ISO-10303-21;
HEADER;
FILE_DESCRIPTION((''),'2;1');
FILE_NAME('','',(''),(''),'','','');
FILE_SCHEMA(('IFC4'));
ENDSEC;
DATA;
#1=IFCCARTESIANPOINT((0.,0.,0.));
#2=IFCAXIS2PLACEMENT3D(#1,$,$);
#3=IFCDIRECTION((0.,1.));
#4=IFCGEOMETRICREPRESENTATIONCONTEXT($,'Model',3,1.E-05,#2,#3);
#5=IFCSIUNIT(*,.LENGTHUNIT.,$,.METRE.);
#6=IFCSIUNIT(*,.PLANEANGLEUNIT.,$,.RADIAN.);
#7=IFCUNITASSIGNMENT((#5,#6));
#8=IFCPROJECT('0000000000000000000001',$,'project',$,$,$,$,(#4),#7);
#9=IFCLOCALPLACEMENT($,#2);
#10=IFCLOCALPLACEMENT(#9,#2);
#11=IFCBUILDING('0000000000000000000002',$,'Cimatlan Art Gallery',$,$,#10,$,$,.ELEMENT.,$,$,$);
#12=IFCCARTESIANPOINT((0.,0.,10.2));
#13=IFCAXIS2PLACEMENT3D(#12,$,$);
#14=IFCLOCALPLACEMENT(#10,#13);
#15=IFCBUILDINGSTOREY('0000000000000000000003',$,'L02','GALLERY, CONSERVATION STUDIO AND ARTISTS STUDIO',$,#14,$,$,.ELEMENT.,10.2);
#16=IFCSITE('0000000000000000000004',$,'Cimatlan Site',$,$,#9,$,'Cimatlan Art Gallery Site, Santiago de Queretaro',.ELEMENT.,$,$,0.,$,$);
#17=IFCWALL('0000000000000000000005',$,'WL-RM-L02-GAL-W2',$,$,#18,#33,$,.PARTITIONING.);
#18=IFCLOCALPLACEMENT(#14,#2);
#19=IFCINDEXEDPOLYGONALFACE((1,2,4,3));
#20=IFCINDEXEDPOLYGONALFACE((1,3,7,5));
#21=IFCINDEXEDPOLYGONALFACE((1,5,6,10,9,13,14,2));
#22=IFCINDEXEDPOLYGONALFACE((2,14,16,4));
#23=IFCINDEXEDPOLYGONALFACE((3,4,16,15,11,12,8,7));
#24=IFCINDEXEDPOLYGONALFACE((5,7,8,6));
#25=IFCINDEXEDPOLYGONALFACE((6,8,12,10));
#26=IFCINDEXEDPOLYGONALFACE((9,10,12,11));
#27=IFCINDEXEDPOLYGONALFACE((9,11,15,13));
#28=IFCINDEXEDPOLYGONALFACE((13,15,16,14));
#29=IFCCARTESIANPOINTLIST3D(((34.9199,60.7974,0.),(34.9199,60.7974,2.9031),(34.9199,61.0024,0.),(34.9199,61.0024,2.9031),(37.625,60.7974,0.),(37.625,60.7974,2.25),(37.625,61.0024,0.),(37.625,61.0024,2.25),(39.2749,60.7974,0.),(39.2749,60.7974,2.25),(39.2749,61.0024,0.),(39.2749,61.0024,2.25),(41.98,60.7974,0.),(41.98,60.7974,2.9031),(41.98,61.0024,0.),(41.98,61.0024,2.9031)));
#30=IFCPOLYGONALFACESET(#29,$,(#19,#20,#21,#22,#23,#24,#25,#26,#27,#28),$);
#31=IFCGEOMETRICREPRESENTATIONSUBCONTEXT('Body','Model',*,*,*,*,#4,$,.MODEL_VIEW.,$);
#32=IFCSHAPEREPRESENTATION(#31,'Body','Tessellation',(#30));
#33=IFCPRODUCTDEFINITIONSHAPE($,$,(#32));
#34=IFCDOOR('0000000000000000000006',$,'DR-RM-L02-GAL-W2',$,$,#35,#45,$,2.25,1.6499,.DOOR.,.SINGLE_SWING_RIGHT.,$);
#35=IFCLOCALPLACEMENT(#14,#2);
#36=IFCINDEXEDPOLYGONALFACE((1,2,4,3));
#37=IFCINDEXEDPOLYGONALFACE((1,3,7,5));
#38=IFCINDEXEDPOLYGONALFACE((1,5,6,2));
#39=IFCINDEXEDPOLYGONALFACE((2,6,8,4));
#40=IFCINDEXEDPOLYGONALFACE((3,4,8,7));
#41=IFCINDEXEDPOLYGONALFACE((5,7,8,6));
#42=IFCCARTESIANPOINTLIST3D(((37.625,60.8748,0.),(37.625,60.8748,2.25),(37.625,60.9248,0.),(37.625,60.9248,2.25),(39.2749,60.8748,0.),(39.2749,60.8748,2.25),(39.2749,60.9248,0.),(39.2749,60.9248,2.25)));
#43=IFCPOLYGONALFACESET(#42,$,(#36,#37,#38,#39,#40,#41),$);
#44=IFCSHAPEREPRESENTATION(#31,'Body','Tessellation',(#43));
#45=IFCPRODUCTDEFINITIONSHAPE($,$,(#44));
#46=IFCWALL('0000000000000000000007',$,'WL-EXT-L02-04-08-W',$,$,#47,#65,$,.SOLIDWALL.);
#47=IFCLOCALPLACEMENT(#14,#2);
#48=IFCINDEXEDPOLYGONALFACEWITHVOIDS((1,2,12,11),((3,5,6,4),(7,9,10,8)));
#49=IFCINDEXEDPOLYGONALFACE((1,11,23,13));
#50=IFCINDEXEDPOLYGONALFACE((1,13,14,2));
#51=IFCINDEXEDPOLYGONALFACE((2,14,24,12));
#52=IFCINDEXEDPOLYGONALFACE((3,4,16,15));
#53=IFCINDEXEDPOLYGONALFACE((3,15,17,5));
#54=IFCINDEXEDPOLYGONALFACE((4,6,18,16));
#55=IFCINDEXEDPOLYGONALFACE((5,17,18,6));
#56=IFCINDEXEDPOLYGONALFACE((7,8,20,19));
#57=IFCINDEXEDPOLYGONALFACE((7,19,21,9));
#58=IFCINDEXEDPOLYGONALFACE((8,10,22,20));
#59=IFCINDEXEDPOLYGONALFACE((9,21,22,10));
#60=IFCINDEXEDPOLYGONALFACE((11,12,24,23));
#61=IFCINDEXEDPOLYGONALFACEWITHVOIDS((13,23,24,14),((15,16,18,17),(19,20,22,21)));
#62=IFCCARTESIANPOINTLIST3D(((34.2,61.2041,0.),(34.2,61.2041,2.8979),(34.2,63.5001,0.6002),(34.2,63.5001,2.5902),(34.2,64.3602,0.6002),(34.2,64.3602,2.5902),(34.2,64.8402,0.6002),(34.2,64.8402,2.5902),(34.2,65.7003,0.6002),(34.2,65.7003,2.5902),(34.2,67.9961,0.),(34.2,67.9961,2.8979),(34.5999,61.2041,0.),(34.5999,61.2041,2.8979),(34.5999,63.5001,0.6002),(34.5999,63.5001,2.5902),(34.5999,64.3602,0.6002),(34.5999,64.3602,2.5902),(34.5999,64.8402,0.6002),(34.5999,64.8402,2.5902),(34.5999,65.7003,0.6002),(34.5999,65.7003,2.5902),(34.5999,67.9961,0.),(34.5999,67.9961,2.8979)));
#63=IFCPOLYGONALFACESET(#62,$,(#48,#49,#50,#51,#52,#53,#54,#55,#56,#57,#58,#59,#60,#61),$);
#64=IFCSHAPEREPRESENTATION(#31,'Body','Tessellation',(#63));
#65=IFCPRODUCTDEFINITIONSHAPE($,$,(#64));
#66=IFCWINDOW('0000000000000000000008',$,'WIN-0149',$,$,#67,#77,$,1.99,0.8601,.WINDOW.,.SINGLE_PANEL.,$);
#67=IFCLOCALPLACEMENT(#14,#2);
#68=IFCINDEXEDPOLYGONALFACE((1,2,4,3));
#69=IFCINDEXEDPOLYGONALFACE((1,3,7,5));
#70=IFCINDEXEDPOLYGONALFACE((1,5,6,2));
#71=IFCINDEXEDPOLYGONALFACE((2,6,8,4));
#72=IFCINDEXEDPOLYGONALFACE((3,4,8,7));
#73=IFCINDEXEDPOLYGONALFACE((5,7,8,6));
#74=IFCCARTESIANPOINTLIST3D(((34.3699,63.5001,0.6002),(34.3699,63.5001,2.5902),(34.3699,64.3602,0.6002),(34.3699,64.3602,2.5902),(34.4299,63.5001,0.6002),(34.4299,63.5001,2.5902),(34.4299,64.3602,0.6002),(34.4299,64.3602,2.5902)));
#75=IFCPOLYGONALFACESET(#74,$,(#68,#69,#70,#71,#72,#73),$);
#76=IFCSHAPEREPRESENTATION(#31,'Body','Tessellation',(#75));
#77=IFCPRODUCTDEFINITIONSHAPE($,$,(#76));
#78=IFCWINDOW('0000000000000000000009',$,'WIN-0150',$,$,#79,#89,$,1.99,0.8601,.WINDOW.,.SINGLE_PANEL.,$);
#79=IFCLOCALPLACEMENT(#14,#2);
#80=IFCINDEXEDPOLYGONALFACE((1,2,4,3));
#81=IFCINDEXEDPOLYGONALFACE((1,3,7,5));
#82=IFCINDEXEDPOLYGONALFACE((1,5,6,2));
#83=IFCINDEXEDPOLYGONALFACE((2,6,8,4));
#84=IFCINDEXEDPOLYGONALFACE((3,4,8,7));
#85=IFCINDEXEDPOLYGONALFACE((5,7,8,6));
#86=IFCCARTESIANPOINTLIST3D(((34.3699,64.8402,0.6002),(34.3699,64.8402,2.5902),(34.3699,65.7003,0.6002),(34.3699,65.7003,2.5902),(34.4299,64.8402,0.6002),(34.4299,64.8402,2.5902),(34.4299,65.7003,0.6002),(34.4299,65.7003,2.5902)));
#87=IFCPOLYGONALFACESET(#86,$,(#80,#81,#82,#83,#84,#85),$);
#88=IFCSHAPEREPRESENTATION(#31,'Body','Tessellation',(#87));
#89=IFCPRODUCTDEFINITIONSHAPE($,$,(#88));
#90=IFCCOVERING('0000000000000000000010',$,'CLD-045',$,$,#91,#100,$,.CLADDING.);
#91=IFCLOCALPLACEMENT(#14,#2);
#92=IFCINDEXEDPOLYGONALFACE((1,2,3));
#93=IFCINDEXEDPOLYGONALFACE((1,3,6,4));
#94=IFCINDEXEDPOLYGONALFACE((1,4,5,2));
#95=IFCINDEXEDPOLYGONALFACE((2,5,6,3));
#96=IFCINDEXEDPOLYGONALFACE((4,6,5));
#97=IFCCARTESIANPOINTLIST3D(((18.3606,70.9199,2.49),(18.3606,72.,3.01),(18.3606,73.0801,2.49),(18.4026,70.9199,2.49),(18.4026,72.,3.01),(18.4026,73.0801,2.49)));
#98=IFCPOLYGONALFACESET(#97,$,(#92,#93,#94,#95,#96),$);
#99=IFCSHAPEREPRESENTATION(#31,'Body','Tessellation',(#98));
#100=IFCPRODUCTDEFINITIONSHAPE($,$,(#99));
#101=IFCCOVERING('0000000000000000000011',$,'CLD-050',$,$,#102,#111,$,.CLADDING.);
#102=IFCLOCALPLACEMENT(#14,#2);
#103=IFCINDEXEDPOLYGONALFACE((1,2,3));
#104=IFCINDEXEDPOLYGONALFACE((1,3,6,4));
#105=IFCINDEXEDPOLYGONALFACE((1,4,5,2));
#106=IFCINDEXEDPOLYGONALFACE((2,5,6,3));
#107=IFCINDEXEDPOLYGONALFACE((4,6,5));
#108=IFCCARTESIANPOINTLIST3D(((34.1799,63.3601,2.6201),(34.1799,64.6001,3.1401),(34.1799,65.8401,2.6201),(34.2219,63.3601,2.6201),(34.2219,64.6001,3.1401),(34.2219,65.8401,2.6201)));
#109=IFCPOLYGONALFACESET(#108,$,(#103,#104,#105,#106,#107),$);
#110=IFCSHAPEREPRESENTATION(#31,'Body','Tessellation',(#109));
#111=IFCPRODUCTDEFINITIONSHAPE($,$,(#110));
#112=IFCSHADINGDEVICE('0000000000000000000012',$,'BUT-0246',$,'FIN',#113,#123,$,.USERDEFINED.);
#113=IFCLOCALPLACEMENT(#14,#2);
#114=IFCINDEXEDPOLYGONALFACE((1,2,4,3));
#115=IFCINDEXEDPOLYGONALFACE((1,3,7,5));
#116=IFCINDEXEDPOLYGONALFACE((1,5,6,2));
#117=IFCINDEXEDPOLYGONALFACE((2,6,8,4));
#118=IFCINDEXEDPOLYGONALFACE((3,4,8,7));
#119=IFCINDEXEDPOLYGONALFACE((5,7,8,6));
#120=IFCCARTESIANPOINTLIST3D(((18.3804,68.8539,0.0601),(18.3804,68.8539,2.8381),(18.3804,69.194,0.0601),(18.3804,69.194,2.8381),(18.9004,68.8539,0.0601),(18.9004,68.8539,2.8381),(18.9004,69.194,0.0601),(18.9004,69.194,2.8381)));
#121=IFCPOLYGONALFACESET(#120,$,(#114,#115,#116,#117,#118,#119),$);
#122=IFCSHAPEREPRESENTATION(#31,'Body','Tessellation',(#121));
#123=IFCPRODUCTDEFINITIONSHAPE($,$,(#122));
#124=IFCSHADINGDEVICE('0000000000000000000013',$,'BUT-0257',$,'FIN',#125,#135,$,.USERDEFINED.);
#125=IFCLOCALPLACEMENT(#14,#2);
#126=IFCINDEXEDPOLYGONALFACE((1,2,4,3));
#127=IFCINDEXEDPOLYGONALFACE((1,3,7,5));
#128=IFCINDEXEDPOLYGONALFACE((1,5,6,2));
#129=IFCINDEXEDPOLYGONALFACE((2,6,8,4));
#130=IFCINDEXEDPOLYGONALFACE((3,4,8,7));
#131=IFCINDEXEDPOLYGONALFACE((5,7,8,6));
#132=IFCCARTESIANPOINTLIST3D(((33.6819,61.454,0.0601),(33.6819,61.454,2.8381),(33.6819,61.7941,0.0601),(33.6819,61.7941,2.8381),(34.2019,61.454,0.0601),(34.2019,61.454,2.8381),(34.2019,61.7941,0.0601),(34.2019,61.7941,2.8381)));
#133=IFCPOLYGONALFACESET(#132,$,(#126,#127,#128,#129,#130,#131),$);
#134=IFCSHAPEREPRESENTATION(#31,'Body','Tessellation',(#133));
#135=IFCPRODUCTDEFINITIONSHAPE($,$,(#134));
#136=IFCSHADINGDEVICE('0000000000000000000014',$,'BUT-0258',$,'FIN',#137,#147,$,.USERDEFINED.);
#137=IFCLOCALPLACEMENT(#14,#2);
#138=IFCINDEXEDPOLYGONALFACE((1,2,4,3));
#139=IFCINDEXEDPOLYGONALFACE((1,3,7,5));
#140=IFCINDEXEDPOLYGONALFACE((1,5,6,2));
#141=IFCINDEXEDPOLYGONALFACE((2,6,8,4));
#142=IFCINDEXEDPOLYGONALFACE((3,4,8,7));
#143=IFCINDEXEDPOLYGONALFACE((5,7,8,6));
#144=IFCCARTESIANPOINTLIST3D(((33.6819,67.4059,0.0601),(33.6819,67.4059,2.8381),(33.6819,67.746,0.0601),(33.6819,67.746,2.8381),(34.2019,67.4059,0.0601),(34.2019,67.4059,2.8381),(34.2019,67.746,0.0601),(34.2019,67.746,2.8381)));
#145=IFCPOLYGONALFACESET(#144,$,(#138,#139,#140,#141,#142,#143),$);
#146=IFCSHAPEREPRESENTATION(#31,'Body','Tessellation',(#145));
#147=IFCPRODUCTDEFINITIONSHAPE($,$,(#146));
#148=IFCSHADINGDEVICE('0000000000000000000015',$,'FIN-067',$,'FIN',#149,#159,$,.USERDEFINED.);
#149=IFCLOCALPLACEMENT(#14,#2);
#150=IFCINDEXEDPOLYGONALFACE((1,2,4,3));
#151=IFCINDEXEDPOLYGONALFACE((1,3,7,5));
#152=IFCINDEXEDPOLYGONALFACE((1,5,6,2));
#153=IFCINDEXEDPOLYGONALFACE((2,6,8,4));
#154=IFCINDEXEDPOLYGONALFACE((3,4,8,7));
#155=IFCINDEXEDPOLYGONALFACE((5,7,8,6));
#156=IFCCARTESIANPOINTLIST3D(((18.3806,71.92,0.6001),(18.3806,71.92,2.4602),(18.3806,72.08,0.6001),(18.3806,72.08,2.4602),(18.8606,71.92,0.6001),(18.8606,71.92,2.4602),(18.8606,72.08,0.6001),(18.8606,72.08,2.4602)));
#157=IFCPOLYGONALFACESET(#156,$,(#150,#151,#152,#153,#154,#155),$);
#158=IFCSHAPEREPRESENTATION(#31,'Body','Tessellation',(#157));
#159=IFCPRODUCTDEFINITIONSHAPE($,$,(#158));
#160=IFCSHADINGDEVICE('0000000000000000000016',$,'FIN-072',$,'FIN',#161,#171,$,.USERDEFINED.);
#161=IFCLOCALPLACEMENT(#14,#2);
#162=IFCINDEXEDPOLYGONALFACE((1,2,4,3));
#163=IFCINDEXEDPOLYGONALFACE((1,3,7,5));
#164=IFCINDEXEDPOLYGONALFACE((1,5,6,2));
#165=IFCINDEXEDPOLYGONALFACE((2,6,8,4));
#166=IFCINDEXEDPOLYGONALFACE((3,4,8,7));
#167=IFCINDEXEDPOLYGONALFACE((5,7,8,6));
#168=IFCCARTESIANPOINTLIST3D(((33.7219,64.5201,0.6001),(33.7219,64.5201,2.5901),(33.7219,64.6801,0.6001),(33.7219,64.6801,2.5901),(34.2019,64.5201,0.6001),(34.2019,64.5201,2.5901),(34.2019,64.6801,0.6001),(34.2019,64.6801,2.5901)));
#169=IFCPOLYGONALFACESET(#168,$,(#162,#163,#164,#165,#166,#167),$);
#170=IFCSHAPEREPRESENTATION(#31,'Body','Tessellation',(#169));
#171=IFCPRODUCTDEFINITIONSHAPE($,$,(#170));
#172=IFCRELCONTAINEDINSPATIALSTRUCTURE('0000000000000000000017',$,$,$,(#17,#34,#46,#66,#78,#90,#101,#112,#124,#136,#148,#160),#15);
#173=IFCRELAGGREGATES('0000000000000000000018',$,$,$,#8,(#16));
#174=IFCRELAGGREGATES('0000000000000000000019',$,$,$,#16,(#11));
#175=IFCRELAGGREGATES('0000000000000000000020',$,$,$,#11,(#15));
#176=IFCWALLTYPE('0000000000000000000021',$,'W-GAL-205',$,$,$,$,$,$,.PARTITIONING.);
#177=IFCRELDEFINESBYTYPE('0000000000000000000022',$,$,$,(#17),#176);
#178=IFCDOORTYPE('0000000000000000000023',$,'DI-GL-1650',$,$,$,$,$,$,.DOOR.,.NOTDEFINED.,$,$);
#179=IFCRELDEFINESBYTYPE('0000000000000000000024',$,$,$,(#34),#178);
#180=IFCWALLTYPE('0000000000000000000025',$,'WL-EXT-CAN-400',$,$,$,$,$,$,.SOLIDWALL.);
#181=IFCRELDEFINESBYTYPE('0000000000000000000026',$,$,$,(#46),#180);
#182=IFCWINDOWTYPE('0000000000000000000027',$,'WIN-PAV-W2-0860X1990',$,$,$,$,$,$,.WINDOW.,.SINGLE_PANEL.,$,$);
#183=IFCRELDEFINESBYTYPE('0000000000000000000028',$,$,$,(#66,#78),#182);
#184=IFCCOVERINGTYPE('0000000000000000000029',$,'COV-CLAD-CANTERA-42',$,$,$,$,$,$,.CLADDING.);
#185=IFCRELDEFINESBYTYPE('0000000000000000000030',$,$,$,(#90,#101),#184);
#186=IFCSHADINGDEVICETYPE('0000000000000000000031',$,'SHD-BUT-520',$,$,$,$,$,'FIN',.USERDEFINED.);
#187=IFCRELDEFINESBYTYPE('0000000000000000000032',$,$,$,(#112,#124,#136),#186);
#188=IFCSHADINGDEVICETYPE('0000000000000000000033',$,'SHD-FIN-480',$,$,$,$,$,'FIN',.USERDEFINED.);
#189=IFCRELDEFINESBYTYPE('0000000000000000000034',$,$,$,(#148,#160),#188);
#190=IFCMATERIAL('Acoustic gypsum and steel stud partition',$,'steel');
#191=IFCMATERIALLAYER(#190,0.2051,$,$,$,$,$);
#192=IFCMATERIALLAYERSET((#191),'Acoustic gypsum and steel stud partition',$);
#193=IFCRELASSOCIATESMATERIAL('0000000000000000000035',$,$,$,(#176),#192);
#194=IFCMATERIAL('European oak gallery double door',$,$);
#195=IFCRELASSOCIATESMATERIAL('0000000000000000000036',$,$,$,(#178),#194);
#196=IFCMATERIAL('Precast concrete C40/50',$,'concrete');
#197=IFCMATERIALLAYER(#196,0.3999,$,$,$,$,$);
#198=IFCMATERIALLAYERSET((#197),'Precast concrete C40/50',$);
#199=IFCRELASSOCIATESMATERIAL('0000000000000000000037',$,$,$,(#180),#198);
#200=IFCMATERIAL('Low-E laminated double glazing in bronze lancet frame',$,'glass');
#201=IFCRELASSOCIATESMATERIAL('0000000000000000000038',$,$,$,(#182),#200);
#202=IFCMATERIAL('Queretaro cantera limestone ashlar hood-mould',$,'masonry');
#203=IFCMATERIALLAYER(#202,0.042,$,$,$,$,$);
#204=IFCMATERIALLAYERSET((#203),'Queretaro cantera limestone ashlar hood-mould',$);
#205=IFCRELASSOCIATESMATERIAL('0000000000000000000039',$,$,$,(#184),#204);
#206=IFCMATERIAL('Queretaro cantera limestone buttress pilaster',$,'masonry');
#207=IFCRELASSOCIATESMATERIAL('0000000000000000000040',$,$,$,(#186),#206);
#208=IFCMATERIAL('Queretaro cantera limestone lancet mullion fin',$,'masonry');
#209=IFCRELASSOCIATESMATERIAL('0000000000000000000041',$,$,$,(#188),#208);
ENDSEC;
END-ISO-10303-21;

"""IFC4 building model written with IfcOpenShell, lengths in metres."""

from ifc_helpers import new_model, si_unit, direction, frame, frame_2d, origin, origin_2d, place, context, subcontext, project, spatial, polyline, rectangle, outline, extrude, material, layer, layer_set, type_object, element, fill, save


model = new_model("IFC4")

# Units and contexts
model_context = context("Model", 3, precision=1e-05, world=origin(), true_north=direction((0.0, 1.0)))
body_context = subcontext(model_context, "Body", "Model", "MODEL_VIEW")
ifc_project = project(units=[si_unit("LENGTHUNIT", "METRE"), si_unit("PLANEANGLEUNIT", "RADIAN")], contexts=[model_context])

# Site, building, storey
site_placement = place(None, origin())
site = spatial("IfcSite", under=ifc_project, at=site_placement, Name="Cimatlan Site", LongName="Cimatlan Art Gallery Site, Santiago de Queretaro", CompositionType="ELEMENT", RefElevation=0.0)
building_placement = place(site_placement, origin())
building = spatial("IfcBuilding", under=site, at=building_placement, Name="Cimatlan Art Gallery", CompositionType="ELEMENT")
storey_placement = place(building_placement, frame((0.0, 0.0, 10.2)))
storey = spatial("IfcBuildingStorey", under=building, at=storey_placement, Name="L02", Description="GALLERY, CONSERVATION STUDIO AND ARTISTS STUDIO", CompositionType="ELEMENT", Elevation=10.2)

# Wall, opening, door
ifc_material_1 = material(Name="Acoustic gypsum and steel stud partition", Category="steel")
ifc_layer_1 = layer(ifc_material_1, 0.2051)
ifc_layer_set_1 = layer_set([ifc_layer_1], Name="Acoustic gypsum and steel stud partition")
wall_type_1 = type_object("IfcWallType", Name="W-GAL-205", PredefinedType="PARTITIONING", material=ifc_layer_set_1)
wall_1_placement = place(storey_placement, frame((34.9199, 60.8999, 0.0), z_axis=(0.0, 0.0, 1.0), x_axis=(1.0, 0.0, 0.0)))
wall_1 = element("IfcWall", 1, at=wall_1_placement, inside=storey, type_object=wall_type_1, Name="WL-RM-L02-GAL-W2", PredefinedType="PARTITIONING", context=body_context, shape_type="SweptSolid", body=[
    extrude(rectangle(XDim=7.0601, YDim=0.2051, at=frame_2d((3.53, 0.0))), origin(), (0.0, 0.0, 1.0), 2.9031),
])
opening_1_placement = place(wall_1_placement, frame((2.7051, 0.0, 0.0)))
opening_1 = element("IfcOpeningElement", 2, at=opening_1_placement, cuts=wall_1, PredefinedType="OPENING", context=body_context, shape_type="SweptSolid", body=[
    extrude(rectangle(XDim=1.6499, YDim=2.25, at=frame_2d((0.825, 1.125))), frame((0.0, 0.1125, 0.0), z_axis=(0.0, -1.0, 0.0), x_axis=(1.0, 0.0, 0.0)), (0.0, 0.0, 1.0), 0.2251),
])
ifc_material_2 = material(Name="European oak gallery double door")
door_type = type_object("IfcDoorType", Name="DI-GL-1650", OperationType="NOTDEFINED", PredefinedType="DOOR", material=ifc_material_2)
door_placement = place(opening_1_placement, origin())
door = element("IfcDoor", 3, at=door_placement, inside=storey, type_object=door_type, Name="DR-RM-L02-GAL-W2", OperationType="SINGLE_SWING_RIGHT", OverallHeight=2.25, OverallWidth=1.6499, PredefinedType="DOOR", context=body_context, shape_type="SweptSolid", body=[
    extrude(rectangle(XDim=1.6499, YDim=2.25, at=frame_2d((0.825, 1.125))), frame((0.0, 0.0249, 0.0), z_axis=(0.0, -1.0, 0.0), x_axis=(1.0, 0.0, 0.0)), (0.0, 0.0, 1.0), 0.05),
])
fill(opening_1, door)

# Wall, openings, windows
ifc_material_3 = material(Name="Precast concrete C40/50", Category="concrete")
ifc_layer_2 = layer(ifc_material_3, 0.3999)
ifc_layer_set_2 = layer_set([ifc_layer_2], Name="Precast concrete C40/50")
wall_type_2 = type_object("IfcWallType", Name="WL-EXT-CAN-400", PredefinedType="SOLIDWALL", material=ifc_layer_set_2)
wall_2_placement = place(storey_placement, frame((34.3999, 61.2041, 0.0), z_axis=(0.0, 0.0, 1.0), x_axis=(0.0, 1.0, 0.0)))
wall_2 = element("IfcWall", 4, at=wall_2_placement, inside=storey, type_object=wall_type_2, Name="WL-EXT-L02-04-08-W", PredefinedType="SOLIDWALL", context=body_context, shape_type="SweptSolid", body=[
    extrude(rectangle(XDim=6.792, YDim=0.3999, at=frame_2d((3.396, 0.0))), origin(), (0.0, 0.0, 1.0), 2.8979),
])
opening_2_placement = place(wall_2_placement, frame((2.2959, 0.0, 0.6001)))
opening_2 = element("IfcOpeningElement", 5, at=opening_2_placement, cuts=wall_2, PredefinedType="OPENING", context=body_context, shape_type="SweptSolid", body=[
    extrude(rectangle(XDim=0.8601, YDim=1.99, at=frame_2d((0.4302, 0.9951))), frame((0.0, 0.21, 0.0), z_axis=(0.0, -1.0, 0.0), x_axis=(1.0, 0.0, 0.0)), (0.0, 0.0, 1.0), 0.4199),
])
opening_3_placement = place(wall_2_placement, frame((3.636, 0.0, 0.6001)))
opening_3 = element("IfcOpeningElement", 6, at=opening_3_placement, cuts=wall_2, PredefinedType="OPENING", context=body_context, shape_type="SweptSolid", body=[
    extrude(rectangle(XDim=0.8601, YDim=1.99, at=frame_2d((0.4302, 0.9951))), frame((0.0, 0.21, 0.0), z_axis=(0.0, -1.0, 0.0), x_axis=(1.0, 0.0, 0.0)), (0.0, 0.0, 1.0), 0.4199),
])
ifc_material_4 = material(Name="Low-E laminated double glazing in bronze lancet frame", Category="glass")
window_type = type_object("IfcWindowType", Name="WIN-PAV-W2-0860X1990", PartitioningType="SINGLE_PANEL", PredefinedType="WINDOW", material=ifc_material_4)
window_1_placement = place(opening_2_placement, origin())
window_1 = element("IfcWindow", 7, at=window_1_placement, inside=storey, type_object=window_type, Name="WIN-0149", OverallHeight=1.99, OverallWidth=0.8601, PartitioningType="SINGLE_PANEL", PredefinedType="WINDOW", context=body_context, shape_type="SweptSolid", body=[
    extrude(rectangle(XDim=0.8601, YDim=1.99, at=frame_2d((0.4302, 0.9951))), frame((0.0, 0.03, 0.0), z_axis=(0.0, -1.0, 0.0), x_axis=(1.0, 0.0, 0.0)), (0.0, 0.0, 1.0), 0.0601),
])
fill(opening_2, window_1)
window_2_placement = place(opening_3_placement, origin())
window_2 = element("IfcWindow", 8, at=window_2_placement, inside=storey, type_object=window_type, Name="WIN-0150", OverallHeight=1.99, OverallWidth=0.8601, PartitioningType="SINGLE_PANEL", PredefinedType="WINDOW", context=body_context, shape_type="SweptSolid", body=[
    extrude(rectangle(XDim=0.8601, YDim=1.99, at=frame_2d((0.4302, 0.9951))), frame((0.0, 0.03, 0.0), z_axis=(0.0, -1.0, 0.0), x_axis=(1.0, 0.0, 0.0)), (0.0, 0.0, 1.0), 0.0601),
])
fill(opening_3, window_2)

# Coverings
ifc_material_5 = material(Name="Queretaro cantera limestone ashlar hood-mould", Category="masonry")
ifc_layer_3 = layer(ifc_material_5, 0.042)
ifc_layer_set_3 = layer_set([ifc_layer_3], Name="Queretaro cantera limestone ashlar hood-mould")
covering_type = type_object("IfcCoveringType", Name="COV-CLAD-CANTERA-42", PredefinedType="CLADDING", material=ifc_layer_set_3)
covering_1_placement = place(storey_placement, frame((18.3606, 73.0801, 2.49), z_axis=(-1.0, 0.0, 0.0), x_axis=(0.0, -1.0, 0.0)))
element("IfcCovering", 9, at=covering_1_placement, inside=storey, type_object=covering_type, Name="CLD-045", PredefinedType="CLADDING", context=body_context, shape_type="SweptSolid", body=[
    extrude(outline(polyline([(0.0, 0.0), (2.1602, 0.0), (1.0801, 0.52), (0.0, 0.0)])), origin(), (0.0, 0.0, -1.0), 0.042),
])
covering_2_placement = place(storey_placement, frame((34.2219, 63.3601, 2.6201), z_axis=(1.0, 0.0, 0.0), x_axis=(0.0, 1.0, 0.0)))
element("IfcCovering", 10, at=covering_2_placement, inside=storey, type_object=covering_type, Name="CLD-050", PredefinedType="CLADDING", context=body_context, shape_type="SweptSolid", body=[
    extrude(outline(polyline([(0.0, 0.0), (2.48, 0.0), (1.24, 0.52), (0.0, 0.0)])), origin(), (0.0, 0.0, -1.0), 0.042),
])

# Shading devices
ifc_material_6 = material(Name="Queretaro cantera limestone buttress pilaster", Category="masonry")
shading_device_type_1 = type_object("IfcShadingDeviceType", Name="SHD-BUT-520", ElementType="FIN", PredefinedType="USERDEFINED", material=ifc_material_6)
for number, where, z_axis, x_axis, name in (
    (11, (18.6404, 69.0239, 0.0601), (0.0, 0.0, 1.0), (0.0, -1.0, 0.0), "BUT-0246"),
    (12, (33.9419, 61.624, 0.0601), (0.0, 0.0, 1.0), (0.0, 1.0, 0.0), "BUT-0257"),
    (13, (33.9419, 67.5759, 0.0601), (0.0, 0.0, 1.0), (0.0, 1.0, 0.0), "BUT-0258"),
):
    element("IfcShadingDevice", number, at=place(storey_placement, frame(where, z_axis=z_axis, x_axis=x_axis)), inside=storey, type_object=shading_device_type_1, Name=name, ObjectType="FIN", PredefinedType="USERDEFINED", context=body_context, shape_type="SweptSolid", body=[
        extrude(rectangle(XDim=0.3401, YDim=0.52, at=origin_2d()), origin(), (0.0, 0.0, 1.0), 2.7781),
    ])
ifc_material_7 = material(Name="Queretaro cantera limestone lancet mullion fin", Category="masonry")
shading_device_type_2 = type_object("IfcShadingDeviceType", Name="SHD-FIN-480", ElementType="FIN", PredefinedType="USERDEFINED", material=ifc_material_7)
shading_device_1_placement = place(storey_placement, frame((18.6206, 72.0, 0.6001), z_axis=(0.0, 0.0, 1.0), x_axis=(0.0, -1.0, 0.0)))
element("IfcShadingDevice", 14, at=shading_device_1_placement, inside=storey, type_object=shading_device_type_2, Name="FIN-067", ObjectType="FIN", PredefinedType="USERDEFINED", context=body_context, shape_type="SweptSolid", body=[
    extrude(rectangle(XDim=0.1599, YDim=0.48, at=origin_2d()), origin(), (0.0, 0.0, 1.0), 1.8601),
])
shading_device_2_placement = place(storey_placement, frame((33.9619, 64.6001, 0.6001), z_axis=(0.0, 0.0, 1.0), x_axis=(0.0, 1.0, 0.0)))
element("IfcShadingDevice", 15, at=shading_device_2_placement, inside=storey, type_object=shading_device_type_2, Name="FIN-072", ObjectType="FIN", PredefinedType="USERDEFINED", context=body_context, shape_type="SweptSolid", body=[
    extrude(rectangle(XDim=0.1599, YDim=0.48, at=origin_2d()), origin(), (0.0, 0.0, 1.0), 1.99),
])

save(model, "model.ifc")
